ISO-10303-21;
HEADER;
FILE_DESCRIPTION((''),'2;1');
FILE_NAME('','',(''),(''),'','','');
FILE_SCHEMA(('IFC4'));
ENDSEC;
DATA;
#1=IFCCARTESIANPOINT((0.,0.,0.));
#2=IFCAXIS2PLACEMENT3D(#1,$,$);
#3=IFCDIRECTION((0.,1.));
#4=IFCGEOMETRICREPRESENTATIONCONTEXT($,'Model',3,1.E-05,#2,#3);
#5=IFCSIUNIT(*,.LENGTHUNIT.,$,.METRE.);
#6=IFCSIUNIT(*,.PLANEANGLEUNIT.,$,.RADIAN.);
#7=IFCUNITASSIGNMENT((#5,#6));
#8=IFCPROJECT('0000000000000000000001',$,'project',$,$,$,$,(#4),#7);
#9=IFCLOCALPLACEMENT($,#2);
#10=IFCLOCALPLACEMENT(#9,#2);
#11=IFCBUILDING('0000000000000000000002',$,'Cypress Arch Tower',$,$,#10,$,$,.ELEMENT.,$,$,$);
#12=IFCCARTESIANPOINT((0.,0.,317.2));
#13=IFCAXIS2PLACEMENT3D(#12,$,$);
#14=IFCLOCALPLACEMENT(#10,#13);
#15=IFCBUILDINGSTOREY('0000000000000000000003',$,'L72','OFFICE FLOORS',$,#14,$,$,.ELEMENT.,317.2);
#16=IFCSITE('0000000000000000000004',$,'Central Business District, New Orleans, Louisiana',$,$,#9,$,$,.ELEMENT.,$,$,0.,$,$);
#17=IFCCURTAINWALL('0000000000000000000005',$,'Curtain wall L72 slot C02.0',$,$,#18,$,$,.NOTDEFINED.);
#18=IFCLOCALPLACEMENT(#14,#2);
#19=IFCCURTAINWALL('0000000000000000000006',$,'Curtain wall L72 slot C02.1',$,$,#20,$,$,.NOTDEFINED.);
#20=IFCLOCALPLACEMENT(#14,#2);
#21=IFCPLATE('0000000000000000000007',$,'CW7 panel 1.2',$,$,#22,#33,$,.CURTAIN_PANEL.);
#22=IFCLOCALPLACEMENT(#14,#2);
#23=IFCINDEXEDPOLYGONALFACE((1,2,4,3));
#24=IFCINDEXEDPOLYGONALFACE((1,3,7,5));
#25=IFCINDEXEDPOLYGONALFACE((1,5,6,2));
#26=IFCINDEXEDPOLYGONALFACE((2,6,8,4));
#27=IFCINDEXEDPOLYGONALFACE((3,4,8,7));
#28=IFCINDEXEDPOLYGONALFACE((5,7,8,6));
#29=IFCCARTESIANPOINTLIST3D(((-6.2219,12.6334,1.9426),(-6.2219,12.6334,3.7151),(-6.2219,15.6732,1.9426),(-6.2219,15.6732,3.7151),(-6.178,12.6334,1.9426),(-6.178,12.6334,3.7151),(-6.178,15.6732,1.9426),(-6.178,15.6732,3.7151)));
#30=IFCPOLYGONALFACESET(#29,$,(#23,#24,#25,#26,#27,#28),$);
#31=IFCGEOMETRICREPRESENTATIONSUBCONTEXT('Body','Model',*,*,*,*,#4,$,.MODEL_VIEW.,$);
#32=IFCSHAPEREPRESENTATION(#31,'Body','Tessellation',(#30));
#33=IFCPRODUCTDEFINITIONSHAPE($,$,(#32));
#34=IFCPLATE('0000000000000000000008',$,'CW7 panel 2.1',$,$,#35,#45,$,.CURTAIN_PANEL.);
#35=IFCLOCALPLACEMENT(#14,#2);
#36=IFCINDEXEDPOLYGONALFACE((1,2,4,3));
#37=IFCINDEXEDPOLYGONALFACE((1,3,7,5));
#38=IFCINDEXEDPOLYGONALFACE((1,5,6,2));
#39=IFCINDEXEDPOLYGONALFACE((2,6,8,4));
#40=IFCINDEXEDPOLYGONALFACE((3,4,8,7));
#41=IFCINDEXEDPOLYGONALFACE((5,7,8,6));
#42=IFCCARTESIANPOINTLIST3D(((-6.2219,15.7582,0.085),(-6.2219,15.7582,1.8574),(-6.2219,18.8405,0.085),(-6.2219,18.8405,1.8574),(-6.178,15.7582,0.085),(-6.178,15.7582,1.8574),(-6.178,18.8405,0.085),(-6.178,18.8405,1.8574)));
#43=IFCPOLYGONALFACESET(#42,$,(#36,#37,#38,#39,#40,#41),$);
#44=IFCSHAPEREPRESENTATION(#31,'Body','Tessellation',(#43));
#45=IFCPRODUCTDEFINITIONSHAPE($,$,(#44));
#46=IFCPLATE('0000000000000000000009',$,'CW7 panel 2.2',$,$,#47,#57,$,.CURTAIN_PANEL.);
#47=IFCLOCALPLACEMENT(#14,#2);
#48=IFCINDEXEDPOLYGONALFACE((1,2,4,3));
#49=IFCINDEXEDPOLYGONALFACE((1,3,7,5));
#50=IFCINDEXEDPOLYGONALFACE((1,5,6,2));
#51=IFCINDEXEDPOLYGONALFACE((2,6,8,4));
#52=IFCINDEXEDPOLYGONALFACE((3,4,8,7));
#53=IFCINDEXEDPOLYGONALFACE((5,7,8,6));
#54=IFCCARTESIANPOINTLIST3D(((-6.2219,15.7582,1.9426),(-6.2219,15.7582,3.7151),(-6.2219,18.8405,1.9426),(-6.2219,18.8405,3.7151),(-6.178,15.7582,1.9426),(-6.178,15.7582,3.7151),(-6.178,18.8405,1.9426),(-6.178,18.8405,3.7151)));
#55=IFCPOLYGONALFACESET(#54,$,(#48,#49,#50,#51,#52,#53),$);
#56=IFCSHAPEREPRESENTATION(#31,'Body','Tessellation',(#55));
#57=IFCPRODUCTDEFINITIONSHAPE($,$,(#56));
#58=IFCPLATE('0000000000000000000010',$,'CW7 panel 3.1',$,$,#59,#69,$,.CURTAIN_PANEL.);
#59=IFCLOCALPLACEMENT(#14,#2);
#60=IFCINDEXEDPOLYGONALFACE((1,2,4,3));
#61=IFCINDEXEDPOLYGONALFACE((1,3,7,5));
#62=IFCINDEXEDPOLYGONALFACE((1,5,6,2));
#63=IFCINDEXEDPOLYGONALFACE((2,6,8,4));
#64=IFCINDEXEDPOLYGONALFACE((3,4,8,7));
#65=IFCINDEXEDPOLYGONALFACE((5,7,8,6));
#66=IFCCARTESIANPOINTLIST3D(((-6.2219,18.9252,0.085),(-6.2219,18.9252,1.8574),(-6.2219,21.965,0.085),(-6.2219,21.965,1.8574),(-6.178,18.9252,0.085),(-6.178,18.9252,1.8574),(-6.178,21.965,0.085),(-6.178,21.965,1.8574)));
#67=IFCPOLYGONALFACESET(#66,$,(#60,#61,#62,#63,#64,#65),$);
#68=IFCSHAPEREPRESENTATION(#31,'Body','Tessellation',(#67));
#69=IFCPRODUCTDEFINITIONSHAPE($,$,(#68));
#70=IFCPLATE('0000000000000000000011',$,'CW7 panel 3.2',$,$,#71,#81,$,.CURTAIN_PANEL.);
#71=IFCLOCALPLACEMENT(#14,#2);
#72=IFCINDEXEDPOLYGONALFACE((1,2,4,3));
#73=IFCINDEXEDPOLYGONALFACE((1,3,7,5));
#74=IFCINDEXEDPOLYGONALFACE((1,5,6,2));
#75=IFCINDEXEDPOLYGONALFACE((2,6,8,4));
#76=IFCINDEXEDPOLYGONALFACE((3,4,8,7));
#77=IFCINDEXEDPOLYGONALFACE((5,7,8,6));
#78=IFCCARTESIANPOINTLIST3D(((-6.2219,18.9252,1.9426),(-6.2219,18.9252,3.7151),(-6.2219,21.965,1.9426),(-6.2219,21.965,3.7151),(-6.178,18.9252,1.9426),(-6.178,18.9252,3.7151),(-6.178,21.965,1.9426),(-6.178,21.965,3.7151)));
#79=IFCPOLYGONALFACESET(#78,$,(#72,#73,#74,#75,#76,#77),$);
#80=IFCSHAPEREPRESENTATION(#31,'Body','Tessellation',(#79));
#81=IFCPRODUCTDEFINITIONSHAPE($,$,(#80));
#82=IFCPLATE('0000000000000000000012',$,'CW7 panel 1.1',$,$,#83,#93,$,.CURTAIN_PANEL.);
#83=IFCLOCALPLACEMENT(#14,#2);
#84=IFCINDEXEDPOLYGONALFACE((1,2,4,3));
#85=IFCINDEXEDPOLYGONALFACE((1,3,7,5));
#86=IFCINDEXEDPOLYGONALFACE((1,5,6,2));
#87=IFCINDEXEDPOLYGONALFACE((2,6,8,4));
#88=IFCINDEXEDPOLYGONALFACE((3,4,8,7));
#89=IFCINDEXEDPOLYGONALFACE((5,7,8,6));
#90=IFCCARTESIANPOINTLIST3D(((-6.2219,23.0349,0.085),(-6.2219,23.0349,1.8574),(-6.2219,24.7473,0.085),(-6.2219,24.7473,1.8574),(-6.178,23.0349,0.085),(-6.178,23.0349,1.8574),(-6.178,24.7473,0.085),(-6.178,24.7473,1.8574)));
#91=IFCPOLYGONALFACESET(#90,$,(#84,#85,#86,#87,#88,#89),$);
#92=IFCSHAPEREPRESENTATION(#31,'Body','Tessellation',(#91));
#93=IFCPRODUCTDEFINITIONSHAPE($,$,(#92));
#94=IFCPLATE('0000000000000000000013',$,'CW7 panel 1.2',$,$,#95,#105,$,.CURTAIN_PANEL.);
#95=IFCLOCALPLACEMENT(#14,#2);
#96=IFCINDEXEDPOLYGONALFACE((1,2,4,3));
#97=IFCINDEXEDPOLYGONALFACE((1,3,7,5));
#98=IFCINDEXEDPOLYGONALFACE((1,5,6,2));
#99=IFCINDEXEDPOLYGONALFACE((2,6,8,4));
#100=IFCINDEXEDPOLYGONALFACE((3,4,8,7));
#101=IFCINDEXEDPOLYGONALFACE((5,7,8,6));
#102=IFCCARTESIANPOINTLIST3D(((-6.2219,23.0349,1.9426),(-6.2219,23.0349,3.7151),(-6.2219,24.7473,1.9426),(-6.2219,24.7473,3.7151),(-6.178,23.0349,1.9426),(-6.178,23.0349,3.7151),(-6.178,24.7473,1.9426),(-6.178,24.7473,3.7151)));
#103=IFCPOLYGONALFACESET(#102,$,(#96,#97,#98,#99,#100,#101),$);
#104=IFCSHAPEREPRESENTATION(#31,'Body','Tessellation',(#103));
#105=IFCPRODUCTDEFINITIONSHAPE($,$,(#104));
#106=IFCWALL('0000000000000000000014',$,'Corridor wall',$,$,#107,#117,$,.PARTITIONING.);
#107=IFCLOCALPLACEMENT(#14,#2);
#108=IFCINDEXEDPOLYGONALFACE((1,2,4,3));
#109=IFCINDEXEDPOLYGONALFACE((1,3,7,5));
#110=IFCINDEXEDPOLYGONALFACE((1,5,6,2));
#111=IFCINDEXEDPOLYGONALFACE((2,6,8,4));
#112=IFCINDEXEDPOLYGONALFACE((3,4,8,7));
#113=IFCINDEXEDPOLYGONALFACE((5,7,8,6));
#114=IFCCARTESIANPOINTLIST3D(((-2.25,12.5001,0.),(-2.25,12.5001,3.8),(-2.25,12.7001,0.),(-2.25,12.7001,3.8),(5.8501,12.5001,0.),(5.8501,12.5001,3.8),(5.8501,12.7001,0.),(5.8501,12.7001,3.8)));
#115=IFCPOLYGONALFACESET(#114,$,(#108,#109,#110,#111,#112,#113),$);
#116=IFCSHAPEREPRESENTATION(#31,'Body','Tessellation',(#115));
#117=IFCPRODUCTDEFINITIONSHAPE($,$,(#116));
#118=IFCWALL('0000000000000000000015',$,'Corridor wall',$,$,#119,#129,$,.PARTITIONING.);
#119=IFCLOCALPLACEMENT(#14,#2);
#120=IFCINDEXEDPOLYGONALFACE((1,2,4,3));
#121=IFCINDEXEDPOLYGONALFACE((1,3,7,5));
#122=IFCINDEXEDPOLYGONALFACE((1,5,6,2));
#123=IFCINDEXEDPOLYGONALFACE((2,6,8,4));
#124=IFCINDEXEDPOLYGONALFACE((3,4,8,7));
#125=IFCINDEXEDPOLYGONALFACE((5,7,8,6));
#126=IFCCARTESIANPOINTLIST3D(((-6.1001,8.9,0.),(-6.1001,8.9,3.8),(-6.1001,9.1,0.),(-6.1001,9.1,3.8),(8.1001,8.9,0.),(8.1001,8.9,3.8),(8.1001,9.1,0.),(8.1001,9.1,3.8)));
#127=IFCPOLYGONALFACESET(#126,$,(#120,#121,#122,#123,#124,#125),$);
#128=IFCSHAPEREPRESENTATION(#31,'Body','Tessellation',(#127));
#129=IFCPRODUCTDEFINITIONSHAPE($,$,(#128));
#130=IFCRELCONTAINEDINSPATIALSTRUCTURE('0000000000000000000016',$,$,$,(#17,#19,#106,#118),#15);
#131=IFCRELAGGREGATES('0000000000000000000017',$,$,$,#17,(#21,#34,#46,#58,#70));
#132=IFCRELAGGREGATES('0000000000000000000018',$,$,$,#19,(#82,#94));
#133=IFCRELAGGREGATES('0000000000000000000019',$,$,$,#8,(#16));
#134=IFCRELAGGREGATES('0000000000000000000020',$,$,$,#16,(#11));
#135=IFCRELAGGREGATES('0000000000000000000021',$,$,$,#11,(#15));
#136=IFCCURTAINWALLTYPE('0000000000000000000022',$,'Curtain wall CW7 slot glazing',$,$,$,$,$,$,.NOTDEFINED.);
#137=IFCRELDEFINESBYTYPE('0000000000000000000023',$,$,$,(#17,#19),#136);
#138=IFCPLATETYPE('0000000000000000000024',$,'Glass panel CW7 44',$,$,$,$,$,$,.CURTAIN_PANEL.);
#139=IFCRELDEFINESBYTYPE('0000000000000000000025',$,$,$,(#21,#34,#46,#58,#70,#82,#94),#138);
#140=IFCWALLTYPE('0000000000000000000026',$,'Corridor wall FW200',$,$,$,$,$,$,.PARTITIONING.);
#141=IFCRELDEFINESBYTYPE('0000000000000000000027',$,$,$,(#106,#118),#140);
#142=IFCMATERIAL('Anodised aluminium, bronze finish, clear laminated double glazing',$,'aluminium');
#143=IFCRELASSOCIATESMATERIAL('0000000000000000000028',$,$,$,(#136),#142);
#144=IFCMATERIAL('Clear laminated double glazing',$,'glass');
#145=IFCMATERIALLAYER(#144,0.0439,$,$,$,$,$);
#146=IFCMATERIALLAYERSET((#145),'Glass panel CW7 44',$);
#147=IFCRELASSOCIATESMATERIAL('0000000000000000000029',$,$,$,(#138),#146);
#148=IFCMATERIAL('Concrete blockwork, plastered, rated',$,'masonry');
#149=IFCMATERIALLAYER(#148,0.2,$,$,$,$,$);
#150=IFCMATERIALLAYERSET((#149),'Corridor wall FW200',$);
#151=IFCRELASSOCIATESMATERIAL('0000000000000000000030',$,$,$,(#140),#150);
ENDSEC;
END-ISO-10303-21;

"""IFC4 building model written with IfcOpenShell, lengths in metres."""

from ifc_helpers import new_model, si_unit, direction, frame, frame_2d, origin, origin_2d, place, context, subcontext, project, spatial, rectangle, extrude, material, layer, layer_set, type_object, element, aggregate, save


model = new_model("IFC4")

# Units and contexts
model_context = context("Model", 3, precision=1e-05, world=origin(), true_north=direction((0.0, 1.0)))
body_context = subcontext(model_context, "Body", "Model", "MODEL_VIEW")
ifc_project = project(units=[si_unit("LENGTHUNIT", "METRE"), si_unit("PLANEANGLEUNIT", "RADIAN")], contexts=[model_context])

# Site, building, storey
site_placement = place(None, origin())
site = spatial("IfcSite", under=ifc_project, at=site_placement, Name="Central Business District, New Orleans, Louisiana", CompositionType="ELEMENT", RefElevation=0.0)
building_placement = place(site_placement, origin())
building = spatial("IfcBuilding", under=site, at=building_placement, Name="Cypress Arch Tower", CompositionType="ELEMENT")
storey_placement = place(building_placement, frame((0.0, 0.0, 317.2)))
storey = spatial("IfcBuildingStorey", under=building, at=storey_placement, Name="L72", Description="OFFICE FLOORS", CompositionType="ELEMENT", Elevation=317.2)

# Shared definitions
ifc_material_1 = material(Name="Anodised aluminium, bronze finish, clear laminated double glazing", Category="aluminium")
curtain_wall_type = type_object("IfcCurtainWallType", Name="Curtain wall CW7 slot glazing", PredefinedType="NOTDEFINED", material=ifc_material_1)

# Curtain walls
curtain_wall_1_placement = place(storey_placement, origin())
curtain_wall_1 = element("IfcCurtainWall", 1, at=curtain_wall_1_placement, inside=storey, type_object=curtain_wall_type, Name="Curtain wall L72 slot C02.0", PredefinedType="NOTDEFINED")
curtain_wall_2_placement = place(storey_placement, origin())
curtain_wall_2 = element("IfcCurtainWall", 2, at=curtain_wall_2_placement, inside=storey, type_object=curtain_wall_type, Name="Curtain wall L72 slot C02.1", PredefinedType="NOTDEFINED")

# Plates
ifc_material_2 = material(Name="Clear laminated double glazing", Category="glass")
ifc_layer_1 = layer(ifc_material_2, 0.0439)
ifc_layer_set_1 = layer_set([ifc_layer_1], Name="Glass panel CW7 44")
plate_type = type_object("IfcPlateType", Name="Glass panel CW7 44", PredefinedType="CURTAIN_PANEL", material=ifc_layer_set_1)
plate_1_placement = place(storey_placement, frame((-6.2, 14.1533, 1.9426), z_axis=(0.0, 0.0, 1.0), x_axis=(0.0, 1.0, 0.0)))
plate_1 = element("IfcPlate", 3, at=plate_1_placement, type_object=plate_type, Name="CW7 panel 1.2", PredefinedType="CURTAIN_PANEL", context=body_context, shape_type="SweptSolid", body=[
    extrude(rectangle(XDim=3.0398, YDim=0.0439, at=origin_2d()), origin(), (0.0, 0.0, 1.0), 1.7725),
])
plate_2_placement = place(storey_placement, frame((-6.2, 17.2993, 0.085), z_axis=(0.0, 0.0, 1.0), x_axis=(0.0, 1.0, 0.0)))
plate_2 = element("IfcPlate", 4, at=plate_2_placement, type_object=plate_type, Name="CW7 panel 2.1", PredefinedType="CURTAIN_PANEL", context=body_context, shape_type="SweptSolid", body=[
    extrude(rectangle(XDim=3.0823, YDim=0.0439, at=origin_2d()), origin(), (0.0, 0.0, 1.0), 1.7725),
])
plate_3_placement = place(storey_placement, frame((-6.2, 17.2993, 1.9426), z_axis=(0.0, 0.0, 1.0), x_axis=(0.0, 1.0, 0.0)))
plate_3 = element("IfcPlate", 5, at=plate_3_placement, type_object=plate_type, Name="CW7 panel 2.2", PredefinedType="CURTAIN_PANEL", context=body_context, shape_type="SweptSolid", body=[
    extrude(rectangle(XDim=3.0823, YDim=0.0439, at=origin_2d()), origin(), (0.0, 0.0, 1.0), 1.7725),
])
plate_4_placement = place(storey_placement, frame((-6.2, 20.4451, 0.085), z_axis=(0.0, 0.0, 1.0), x_axis=(0.0, 1.0, 0.0)))
plate_4 = element("IfcPlate", 6, at=plate_4_placement, type_object=plate_type, Name="CW7 panel 3.1", PredefinedType="CURTAIN_PANEL", context=body_context, shape_type="SweptSolid", body=[
    extrude(rectangle(XDim=3.0398, YDim=0.0439, at=origin_2d()), origin(), (0.0, 0.0, 1.0), 1.7725),
])
plate_5_placement = place(storey_placement, frame((-6.2, 20.4451, 1.9426), z_axis=(0.0, 0.0, 1.0), x_axis=(0.0, 1.0, 0.0)))
plate_5 = element("IfcPlate", 7, at=plate_5_placement, type_object=plate_type, Name="CW7 panel 3.2", PredefinedType="CURTAIN_PANEL", context=body_context, shape_type="SweptSolid", body=[
    extrude(rectangle(XDim=3.0398, YDim=0.0439, at=origin_2d()), origin(), (0.0, 0.0, 1.0), 1.7725),
])
aggregate(curtain_wall_1, [plate_1, plate_2, plate_3, plate_4, plate_5])
plate_6_placement = place(storey_placement, frame((-6.2, 23.8911, 0.085), z_axis=(0.0, 0.0, 1.0), x_axis=(0.0, 1.0, 0.0)))
plate_6 = element("IfcPlate", 8, at=plate_6_placement, type_object=plate_type, Name="CW7 panel 1.1", PredefinedType="CURTAIN_PANEL", context=body_context, shape_type="SweptSolid", body=[
    extrude(rectangle(XDim=1.7124, YDim=0.0439, at=origin_2d()), origin(), (0.0, 0.0, 1.0), 1.7725),
])
plate_7_placement = place(storey_placement, frame((-6.2, 23.8911, 1.9426), z_axis=(0.0, 0.0, 1.0), x_axis=(0.0, 1.0, 0.0)))
plate_7 = element("IfcPlate", 9, at=plate_7_placement, type_object=plate_type, Name="CW7 panel 1.2", PredefinedType="CURTAIN_PANEL", context=body_context, shape_type="SweptSolid", body=[
    extrude(rectangle(XDim=1.7124, YDim=0.0439, at=origin_2d()), origin(), (0.0, 0.0, 1.0), 1.7725),
])
aggregate(curtain_wall_2, [plate_6, plate_7])

# Walls
ifc_material_3 = material(Name="Concrete blockwork, plastered, rated", Category="masonry")
ifc_layer_2 = layer(ifc_material_3, 0.2)
ifc_layer_set_2 = layer_set([ifc_layer_2], Name="Corridor wall FW200")
wall_type = type_object("IfcWallType", Name="Corridor wall FW200", PredefinedType="PARTITIONING", material=ifc_layer_set_2)
wall_1_placement = place(storey_placement, frame((-2.25, 12.6001, 0.0), z_axis=(0.0, 0.0, 1.0), x_axis=(1.0, 0.0, 0.0)))
element("IfcWall", 10, at=wall_1_placement, inside=storey, type_object=wall_type, Name="Corridor wall", PredefinedType="PARTITIONING", context=body_context, shape_type="SweptSolid", body=[
    extrude(rectangle(XDim=8.1001, YDim=0.2, at=frame_2d((4.05, 0.0))), origin(), (0.0, 0.0, 1.0), 3.8),
])
wall_2_placement = place(storey_placement, frame((-6.1001, 9.0, 0.0), z_axis=(0.0, 0.0, 1.0), x_axis=(1.0, 0.0, 0.0)))
element("IfcWall", 11, at=wall_2_placement, inside=storey, type_object=wall_type, Name="Corridor wall", PredefinedType="PARTITIONING", context=body_context, shape_type="SweptSolid", body=[
    extrude(rectangle(XDim=14.2002, YDim=0.2, at=frame_2d((7.1001, 0.0))), origin(), (0.0, 0.0, 1.0), 3.8),
])

save(model, "model.ifc")
